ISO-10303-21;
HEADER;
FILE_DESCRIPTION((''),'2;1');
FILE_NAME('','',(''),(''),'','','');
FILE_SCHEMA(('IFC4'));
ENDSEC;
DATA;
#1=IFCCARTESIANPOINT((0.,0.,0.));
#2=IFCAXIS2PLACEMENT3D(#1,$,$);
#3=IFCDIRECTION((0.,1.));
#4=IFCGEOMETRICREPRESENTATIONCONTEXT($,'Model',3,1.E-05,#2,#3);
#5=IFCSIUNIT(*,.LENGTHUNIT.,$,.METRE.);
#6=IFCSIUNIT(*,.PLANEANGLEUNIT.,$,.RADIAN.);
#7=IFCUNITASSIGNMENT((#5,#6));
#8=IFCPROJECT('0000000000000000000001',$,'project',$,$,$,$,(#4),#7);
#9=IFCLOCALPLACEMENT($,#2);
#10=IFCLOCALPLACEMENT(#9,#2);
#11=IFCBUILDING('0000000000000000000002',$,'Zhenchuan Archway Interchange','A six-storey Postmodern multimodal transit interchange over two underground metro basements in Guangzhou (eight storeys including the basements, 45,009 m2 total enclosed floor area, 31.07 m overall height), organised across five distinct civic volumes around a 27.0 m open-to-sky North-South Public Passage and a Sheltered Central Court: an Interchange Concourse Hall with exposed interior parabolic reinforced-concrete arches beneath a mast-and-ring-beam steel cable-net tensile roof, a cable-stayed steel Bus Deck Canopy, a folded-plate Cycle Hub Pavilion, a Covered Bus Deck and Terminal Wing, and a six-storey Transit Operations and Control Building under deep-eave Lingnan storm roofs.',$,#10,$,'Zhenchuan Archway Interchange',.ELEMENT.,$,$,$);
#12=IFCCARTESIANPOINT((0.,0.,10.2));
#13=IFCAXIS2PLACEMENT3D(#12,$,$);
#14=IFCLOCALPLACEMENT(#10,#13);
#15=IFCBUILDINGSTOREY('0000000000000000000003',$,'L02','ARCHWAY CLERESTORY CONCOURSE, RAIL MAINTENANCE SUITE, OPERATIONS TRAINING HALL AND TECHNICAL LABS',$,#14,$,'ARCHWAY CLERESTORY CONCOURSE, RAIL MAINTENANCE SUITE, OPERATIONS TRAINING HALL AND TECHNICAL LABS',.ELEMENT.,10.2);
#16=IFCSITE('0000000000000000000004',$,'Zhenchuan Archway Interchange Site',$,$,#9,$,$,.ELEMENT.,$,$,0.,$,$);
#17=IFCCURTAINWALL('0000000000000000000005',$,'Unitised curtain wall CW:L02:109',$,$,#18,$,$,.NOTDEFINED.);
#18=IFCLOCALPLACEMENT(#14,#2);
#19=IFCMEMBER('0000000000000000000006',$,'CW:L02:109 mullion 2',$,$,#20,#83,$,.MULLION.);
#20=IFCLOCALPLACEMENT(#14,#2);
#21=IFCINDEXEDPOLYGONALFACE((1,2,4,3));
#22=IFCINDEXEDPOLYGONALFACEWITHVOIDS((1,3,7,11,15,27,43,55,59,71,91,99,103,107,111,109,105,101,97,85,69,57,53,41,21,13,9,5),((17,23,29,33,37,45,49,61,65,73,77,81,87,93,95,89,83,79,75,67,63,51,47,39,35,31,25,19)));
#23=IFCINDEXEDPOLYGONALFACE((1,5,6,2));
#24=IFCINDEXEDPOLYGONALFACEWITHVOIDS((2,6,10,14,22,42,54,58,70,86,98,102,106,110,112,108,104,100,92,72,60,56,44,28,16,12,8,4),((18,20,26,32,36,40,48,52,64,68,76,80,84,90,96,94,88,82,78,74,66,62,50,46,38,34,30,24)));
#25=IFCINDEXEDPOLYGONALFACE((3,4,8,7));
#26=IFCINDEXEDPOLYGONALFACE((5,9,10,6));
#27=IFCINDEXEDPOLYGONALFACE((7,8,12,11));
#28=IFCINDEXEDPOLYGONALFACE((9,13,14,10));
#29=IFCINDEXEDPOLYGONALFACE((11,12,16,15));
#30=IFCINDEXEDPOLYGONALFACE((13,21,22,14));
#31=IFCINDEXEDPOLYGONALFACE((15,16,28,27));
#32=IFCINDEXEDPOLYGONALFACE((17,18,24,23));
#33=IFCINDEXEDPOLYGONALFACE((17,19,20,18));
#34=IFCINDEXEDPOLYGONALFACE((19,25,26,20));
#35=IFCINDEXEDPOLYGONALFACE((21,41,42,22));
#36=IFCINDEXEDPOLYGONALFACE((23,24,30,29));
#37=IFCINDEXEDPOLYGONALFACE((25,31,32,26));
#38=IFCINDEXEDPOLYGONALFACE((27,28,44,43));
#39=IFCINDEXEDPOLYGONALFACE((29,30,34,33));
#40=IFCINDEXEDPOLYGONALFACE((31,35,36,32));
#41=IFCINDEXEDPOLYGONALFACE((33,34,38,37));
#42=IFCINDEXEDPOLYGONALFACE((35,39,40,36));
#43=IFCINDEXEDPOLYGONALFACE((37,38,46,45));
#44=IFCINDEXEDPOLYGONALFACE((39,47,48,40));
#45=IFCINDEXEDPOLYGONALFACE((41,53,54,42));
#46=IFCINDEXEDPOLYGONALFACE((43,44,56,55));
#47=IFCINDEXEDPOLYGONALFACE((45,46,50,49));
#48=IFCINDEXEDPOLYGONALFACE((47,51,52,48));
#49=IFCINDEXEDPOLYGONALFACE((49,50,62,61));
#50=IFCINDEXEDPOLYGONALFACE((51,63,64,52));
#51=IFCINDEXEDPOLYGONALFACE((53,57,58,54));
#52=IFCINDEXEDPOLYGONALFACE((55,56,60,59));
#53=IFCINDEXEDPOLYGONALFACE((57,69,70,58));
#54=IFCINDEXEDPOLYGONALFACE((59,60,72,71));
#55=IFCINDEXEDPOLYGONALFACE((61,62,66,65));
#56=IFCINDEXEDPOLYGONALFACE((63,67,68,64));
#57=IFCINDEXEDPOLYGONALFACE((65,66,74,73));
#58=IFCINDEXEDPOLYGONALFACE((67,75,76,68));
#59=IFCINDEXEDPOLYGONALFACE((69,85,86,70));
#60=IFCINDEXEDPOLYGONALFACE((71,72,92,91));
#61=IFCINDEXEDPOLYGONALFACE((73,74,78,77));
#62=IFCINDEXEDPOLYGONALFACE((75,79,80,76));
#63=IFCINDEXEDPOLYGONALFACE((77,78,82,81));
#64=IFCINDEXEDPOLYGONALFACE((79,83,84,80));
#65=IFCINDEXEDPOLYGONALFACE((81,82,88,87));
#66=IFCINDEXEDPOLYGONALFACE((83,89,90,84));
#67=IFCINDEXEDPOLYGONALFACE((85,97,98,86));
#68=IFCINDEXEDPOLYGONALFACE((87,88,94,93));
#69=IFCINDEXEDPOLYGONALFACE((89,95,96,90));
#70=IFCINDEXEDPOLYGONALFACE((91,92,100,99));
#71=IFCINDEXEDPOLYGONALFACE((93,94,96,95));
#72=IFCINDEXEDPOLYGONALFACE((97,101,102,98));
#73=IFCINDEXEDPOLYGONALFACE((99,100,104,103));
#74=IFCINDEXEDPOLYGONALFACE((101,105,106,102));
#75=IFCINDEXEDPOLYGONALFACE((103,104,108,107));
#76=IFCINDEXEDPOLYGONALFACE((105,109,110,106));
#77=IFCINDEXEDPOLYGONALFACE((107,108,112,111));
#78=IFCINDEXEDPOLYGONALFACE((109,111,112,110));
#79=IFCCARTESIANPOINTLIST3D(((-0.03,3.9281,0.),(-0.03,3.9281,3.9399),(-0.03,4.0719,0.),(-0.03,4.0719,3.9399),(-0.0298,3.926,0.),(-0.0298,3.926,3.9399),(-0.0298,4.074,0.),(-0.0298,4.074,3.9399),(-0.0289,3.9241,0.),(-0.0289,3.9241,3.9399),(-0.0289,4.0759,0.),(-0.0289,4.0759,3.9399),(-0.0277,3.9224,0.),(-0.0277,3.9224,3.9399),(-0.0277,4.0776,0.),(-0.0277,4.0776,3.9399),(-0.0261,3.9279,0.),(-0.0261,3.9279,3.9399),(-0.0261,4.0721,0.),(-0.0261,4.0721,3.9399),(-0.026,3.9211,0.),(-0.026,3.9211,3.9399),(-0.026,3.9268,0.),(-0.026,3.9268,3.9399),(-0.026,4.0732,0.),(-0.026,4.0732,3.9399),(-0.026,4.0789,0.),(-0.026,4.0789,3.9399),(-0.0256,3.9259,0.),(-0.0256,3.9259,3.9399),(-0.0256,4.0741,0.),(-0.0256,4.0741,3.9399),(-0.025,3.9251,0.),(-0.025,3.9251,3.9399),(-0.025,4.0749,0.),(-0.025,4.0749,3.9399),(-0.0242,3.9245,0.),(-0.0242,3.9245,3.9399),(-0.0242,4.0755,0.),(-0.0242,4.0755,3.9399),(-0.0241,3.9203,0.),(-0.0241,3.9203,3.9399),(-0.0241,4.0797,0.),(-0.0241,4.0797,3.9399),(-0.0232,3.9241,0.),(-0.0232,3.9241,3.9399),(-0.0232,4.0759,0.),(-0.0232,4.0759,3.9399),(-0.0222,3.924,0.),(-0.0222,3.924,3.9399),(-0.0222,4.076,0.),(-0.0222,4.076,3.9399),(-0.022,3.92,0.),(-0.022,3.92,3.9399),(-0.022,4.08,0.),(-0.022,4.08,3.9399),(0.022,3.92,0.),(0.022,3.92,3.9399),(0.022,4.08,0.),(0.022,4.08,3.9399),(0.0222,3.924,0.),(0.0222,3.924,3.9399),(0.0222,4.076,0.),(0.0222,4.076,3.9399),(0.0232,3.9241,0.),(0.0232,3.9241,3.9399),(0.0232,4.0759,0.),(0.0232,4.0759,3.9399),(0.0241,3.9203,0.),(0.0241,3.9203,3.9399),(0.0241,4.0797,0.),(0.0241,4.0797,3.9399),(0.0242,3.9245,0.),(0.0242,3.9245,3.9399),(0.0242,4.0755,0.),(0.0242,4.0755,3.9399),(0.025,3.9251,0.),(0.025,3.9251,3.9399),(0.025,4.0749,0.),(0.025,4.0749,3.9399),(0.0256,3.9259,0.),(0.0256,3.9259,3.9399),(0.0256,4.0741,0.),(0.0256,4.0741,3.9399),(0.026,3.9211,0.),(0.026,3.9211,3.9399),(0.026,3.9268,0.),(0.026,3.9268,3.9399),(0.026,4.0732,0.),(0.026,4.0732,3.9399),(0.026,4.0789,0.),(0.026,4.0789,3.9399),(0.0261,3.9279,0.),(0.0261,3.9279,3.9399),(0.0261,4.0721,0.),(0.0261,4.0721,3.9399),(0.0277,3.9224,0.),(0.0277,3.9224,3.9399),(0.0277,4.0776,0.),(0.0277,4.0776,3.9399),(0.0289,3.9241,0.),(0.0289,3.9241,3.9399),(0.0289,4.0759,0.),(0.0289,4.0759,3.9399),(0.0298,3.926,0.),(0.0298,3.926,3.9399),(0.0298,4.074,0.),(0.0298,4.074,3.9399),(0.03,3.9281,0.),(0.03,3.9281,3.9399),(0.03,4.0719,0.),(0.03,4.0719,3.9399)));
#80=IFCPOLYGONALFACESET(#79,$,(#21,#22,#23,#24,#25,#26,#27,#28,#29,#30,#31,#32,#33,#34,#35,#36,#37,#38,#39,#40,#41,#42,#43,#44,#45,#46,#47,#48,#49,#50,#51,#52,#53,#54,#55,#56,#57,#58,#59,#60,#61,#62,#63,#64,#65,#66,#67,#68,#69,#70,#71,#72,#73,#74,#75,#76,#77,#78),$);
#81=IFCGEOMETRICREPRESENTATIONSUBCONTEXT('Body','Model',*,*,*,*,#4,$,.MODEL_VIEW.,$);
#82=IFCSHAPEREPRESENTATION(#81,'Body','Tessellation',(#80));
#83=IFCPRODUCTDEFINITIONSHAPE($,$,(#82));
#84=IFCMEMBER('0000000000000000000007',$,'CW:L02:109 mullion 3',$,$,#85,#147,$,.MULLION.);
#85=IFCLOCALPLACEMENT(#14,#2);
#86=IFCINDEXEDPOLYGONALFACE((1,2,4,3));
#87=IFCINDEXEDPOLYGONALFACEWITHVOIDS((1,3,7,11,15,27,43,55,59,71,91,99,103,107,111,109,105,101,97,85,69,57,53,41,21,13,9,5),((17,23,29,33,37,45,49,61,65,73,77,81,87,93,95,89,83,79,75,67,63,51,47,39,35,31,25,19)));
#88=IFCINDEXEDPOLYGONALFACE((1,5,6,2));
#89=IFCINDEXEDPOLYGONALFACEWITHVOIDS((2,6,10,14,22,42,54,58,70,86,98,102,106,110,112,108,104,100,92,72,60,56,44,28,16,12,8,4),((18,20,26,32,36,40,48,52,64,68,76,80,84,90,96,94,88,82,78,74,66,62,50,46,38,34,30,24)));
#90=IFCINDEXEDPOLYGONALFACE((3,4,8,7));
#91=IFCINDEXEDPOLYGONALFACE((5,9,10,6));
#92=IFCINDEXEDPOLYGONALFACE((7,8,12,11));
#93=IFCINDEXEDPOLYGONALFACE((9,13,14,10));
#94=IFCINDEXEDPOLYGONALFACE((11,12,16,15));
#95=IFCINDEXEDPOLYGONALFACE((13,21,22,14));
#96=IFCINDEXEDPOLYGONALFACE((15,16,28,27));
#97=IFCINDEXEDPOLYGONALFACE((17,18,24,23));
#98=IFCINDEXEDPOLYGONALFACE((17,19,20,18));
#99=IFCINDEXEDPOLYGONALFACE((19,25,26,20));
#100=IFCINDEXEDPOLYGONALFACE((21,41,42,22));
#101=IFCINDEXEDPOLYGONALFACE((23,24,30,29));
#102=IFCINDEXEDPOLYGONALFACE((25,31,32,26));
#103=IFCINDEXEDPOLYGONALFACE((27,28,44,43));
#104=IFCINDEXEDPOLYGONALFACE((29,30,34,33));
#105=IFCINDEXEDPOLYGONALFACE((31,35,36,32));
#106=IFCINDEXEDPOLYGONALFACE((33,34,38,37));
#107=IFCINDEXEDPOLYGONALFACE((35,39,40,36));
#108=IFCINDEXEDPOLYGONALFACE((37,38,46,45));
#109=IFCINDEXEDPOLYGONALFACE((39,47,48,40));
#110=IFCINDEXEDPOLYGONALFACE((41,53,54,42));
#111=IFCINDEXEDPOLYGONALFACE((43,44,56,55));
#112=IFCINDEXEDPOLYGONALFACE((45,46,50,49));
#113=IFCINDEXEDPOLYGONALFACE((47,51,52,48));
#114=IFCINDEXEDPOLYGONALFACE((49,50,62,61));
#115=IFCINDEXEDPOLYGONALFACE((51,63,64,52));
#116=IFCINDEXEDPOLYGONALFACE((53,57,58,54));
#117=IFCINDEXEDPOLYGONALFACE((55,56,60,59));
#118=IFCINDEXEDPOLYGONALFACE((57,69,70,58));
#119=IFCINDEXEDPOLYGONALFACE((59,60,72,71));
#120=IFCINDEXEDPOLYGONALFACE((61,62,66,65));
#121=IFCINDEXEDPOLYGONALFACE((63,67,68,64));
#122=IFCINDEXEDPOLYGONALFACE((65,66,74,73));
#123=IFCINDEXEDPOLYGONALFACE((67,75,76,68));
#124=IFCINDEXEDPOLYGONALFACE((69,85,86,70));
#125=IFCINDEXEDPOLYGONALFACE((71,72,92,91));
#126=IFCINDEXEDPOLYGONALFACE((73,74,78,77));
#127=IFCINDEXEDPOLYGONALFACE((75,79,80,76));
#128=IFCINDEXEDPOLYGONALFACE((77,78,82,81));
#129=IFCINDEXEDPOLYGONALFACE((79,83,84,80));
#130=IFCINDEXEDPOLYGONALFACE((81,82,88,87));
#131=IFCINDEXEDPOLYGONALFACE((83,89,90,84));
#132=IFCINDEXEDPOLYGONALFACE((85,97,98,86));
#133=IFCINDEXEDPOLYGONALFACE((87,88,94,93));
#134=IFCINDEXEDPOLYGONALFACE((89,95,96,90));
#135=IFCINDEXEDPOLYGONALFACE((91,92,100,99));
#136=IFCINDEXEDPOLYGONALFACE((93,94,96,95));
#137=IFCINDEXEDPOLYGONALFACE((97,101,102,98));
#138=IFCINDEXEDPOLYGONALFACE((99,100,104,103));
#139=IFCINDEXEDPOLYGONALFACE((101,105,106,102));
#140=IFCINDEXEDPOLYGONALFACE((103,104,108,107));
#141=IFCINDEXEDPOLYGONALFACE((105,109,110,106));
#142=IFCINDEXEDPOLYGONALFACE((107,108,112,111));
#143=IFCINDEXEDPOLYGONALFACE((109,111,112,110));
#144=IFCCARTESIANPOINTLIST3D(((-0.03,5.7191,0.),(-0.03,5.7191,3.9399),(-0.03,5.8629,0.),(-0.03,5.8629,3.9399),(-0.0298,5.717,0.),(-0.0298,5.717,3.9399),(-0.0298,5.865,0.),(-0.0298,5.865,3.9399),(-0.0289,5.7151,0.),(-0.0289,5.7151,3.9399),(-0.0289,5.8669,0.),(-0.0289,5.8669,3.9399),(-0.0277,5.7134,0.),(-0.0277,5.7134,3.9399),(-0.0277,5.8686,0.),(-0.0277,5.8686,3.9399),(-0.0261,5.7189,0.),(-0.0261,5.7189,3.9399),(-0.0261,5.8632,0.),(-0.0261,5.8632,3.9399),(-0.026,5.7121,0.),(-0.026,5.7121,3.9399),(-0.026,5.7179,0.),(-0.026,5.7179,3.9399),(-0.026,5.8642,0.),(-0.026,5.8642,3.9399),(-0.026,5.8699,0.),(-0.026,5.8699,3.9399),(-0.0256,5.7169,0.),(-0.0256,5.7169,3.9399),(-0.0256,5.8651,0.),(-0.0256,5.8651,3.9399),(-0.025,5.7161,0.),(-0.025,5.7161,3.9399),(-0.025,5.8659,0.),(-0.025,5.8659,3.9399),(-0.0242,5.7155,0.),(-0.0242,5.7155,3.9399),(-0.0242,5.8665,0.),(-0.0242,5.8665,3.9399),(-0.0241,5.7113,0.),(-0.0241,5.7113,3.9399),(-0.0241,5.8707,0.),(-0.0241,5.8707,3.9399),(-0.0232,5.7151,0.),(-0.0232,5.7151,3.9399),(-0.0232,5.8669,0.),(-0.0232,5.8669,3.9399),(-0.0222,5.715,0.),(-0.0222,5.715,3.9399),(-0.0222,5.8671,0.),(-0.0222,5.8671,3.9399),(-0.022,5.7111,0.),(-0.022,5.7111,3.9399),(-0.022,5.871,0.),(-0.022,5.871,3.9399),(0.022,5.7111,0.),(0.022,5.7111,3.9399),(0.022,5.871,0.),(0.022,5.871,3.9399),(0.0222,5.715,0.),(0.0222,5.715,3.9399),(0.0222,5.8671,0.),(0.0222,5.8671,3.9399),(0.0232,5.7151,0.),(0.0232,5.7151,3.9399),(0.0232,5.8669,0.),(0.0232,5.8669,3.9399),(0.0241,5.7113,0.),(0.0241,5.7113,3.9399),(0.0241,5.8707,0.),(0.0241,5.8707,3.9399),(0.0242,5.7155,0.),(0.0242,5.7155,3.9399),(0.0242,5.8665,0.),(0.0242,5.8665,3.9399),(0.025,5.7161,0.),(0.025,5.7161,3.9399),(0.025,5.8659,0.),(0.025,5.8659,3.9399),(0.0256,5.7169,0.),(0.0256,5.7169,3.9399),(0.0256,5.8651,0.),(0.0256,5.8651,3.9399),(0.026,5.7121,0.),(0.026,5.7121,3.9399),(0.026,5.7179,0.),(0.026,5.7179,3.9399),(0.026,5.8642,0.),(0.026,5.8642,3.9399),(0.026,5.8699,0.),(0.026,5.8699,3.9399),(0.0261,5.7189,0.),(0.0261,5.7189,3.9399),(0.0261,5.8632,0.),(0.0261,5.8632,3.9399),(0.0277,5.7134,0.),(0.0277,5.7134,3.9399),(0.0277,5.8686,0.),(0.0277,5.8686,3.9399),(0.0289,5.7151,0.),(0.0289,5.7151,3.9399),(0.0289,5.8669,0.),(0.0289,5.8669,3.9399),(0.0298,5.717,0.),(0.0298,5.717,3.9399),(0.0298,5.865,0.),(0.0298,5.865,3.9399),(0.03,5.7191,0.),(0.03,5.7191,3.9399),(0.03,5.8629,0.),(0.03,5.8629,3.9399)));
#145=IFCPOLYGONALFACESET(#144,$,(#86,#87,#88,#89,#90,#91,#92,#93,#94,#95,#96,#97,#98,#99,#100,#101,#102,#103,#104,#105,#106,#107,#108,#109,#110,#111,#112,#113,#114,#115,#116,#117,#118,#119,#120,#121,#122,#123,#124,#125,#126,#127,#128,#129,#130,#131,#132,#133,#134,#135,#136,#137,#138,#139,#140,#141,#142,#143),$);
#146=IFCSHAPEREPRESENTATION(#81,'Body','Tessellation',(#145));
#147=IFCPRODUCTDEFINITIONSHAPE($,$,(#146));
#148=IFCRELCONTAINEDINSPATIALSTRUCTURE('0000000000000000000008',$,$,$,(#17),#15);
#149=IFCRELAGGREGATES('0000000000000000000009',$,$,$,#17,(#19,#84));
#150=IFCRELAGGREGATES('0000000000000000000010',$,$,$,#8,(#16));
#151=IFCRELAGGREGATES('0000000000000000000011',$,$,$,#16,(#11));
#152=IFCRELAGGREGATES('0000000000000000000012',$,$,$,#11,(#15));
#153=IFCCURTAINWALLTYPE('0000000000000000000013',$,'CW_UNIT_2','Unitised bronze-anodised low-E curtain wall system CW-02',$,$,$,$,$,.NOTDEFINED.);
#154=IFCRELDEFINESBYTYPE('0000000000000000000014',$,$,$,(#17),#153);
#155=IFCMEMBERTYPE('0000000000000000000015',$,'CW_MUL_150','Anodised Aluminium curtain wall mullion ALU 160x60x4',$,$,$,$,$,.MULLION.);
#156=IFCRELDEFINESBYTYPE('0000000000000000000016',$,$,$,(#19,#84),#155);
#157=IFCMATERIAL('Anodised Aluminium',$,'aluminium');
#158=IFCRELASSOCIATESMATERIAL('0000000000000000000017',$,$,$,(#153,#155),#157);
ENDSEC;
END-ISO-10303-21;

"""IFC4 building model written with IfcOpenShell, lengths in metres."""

from ifc_helpers import new_model, si_unit, direction, frame, origin, origin_2d, place, context, subcontext, project, spatial, hollow_rectangle, extrude, material, material_profile, profile_set, type_object, element, aggregate, save


model = new_model("IFC4")

# Units and contexts
model_context = context("Model", 3, precision=1e-05, world=origin(), true_north=direction((0.0, 1.0)))
body_context = subcontext(model_context, "Body", "Model", "MODEL_VIEW")
ifc_project = project(units=[si_unit("LENGTHUNIT", "METRE"), si_unit("PLANEANGLEUNIT", "RADIAN")], contexts=[model_context])

# Site, building, storey
site_placement = place(None, origin())
site = spatial("IfcSite", under=ifc_project, at=site_placement, Name="Zhenchuan Archway Interchange Site", CompositionType="ELEMENT", RefElevation=0.0)
building_placement = place(site_placement, origin())
building = spatial("IfcBuilding", under=site, at=building_placement, Name="Zhenchuan Archway Interchange", Description="A six-storey Postmodern multimodal transit interchange over two underground metro basements in Guangzhou (eight storeys including the basements, 45,009 m2 total enclosed floor area, 31.07 m overall height), organised across five distinct civic volumes around a 27.0 m open-to-sky North-South Public Passage and a Sheltered Central Court: an Interchange Concourse Hall with exposed interior parabolic reinforced-concrete arches beneath a mast-and-ring-beam steel cable-net tensile roof, a cable-stayed steel Bus Deck Canopy, a folded-plate Cycle Hub Pavilion, a Covered Bus Deck and Terminal Wing, and a six-storey Transit Operations and Control Building under deep-eave Lingnan storm roofs.", LongName="Zhenchuan Archway Interchange", CompositionType="ELEMENT")
storey_placement = place(building_placement, frame((0.0, 0.0, 10.2)))
storey = spatial("IfcBuildingStorey", under=building, at=storey_placement, Name="L02", Description="ARCHWAY CLERESTORY CONCOURSE, RAIL MAINTENANCE SUITE, OPERATIONS TRAINING HALL AND TECHNICAL LABS", LongName="ARCHWAY CLERESTORY CONCOURSE, RAIL MAINTENANCE SUITE, OPERATIONS TRAINING HALL AND TECHNICAL LABS", CompositionType="ELEMENT", Elevation=10.2)

# Curtain wall, members
ifc_material_1 = material(Name="Anodised Aluminium", Category="aluminium")
curtain_wall_type = type_object("IfcCurtainWallType", Name="CW_UNIT_2", Description="Unitised bronze-anodised low-E curtain wall system CW-02", PredefinedType="NOTDEFINED", material=ifc_material_1)
curtain_wall_placement = place(storey_placement, origin())
curtain_wall = element("IfcCurtainWall", 1, at=curtain_wall_placement, inside=storey, type_object=curtain_wall_type, Name="Unitised curtain wall CW:L02:109", PredefinedType="NOTDEFINED")
ifc_material_profile_1 = material_profile(ifc_material_1, hollow_rectangle(XDim=0.0601, YDim=0.1599, WallThickness=0.0039, InnerFilletRadius=0.0039, OuterFilletRadius=0.0081, at=origin_2d()), Name="ALU 160x60x4")
ifc_profile_set_1 = profile_set([ifc_material_profile_1], Name="Anodised Aluminium")
member_type_1 = type_object("IfcMemberType", Name="CW_MUL_150", Description="Anodised Aluminium curtain wall mullion ALU 160x60x4", PredefinedType="MULLION", material=ifc_profile_set_1)
member_1_placement = place(storey_placement, frame((0.0, 4.0, 0.0), z_axis=(0.0, 0.0, 1.0), x_axis=(1.0, 0.0, 0.0)))
member_1 = element("IfcMember", 2, at=member_1_placement, type_object=member_type_1, Name="CW:L02:109 mullion 2", PredefinedType="MULLION", context=body_context, shape_type="SweptSolid", body=[
    extrude(hollow_rectangle(XDim=0.0601, YDim=0.1599, WallThickness=0.0039, InnerFilletRadius=0.0039, OuterFilletRadius=0.0081, at=origin_2d()), origin(), (0.0, 0.0, 1.0), 3.9399),
])
member_2_placement = place(storey_placement, frame((0.0, 5.791, 0.0), z_axis=(0.0, 0.0, 1.0), x_axis=(1.0, 0.0, 0.0)))
member_2 = element("IfcMember", 3, at=member_2_placement, type_object=member_type_1, Name="CW:L02:109 mullion 3", PredefinedType="MULLION", context=body_context, shape_type="SweptSolid", body=[
    extrude(hollow_rectangle(XDim=0.0601, YDim=0.1599, WallThickness=0.0039, InnerFilletRadius=0.0039, OuterFilletRadius=0.0081, at=origin_2d()), origin(), (0.0, 0.0, 1.0), 3.9399),
])

aggregate(curtain_wall, [member_1, member_2])

save(model, "model.ifc")
